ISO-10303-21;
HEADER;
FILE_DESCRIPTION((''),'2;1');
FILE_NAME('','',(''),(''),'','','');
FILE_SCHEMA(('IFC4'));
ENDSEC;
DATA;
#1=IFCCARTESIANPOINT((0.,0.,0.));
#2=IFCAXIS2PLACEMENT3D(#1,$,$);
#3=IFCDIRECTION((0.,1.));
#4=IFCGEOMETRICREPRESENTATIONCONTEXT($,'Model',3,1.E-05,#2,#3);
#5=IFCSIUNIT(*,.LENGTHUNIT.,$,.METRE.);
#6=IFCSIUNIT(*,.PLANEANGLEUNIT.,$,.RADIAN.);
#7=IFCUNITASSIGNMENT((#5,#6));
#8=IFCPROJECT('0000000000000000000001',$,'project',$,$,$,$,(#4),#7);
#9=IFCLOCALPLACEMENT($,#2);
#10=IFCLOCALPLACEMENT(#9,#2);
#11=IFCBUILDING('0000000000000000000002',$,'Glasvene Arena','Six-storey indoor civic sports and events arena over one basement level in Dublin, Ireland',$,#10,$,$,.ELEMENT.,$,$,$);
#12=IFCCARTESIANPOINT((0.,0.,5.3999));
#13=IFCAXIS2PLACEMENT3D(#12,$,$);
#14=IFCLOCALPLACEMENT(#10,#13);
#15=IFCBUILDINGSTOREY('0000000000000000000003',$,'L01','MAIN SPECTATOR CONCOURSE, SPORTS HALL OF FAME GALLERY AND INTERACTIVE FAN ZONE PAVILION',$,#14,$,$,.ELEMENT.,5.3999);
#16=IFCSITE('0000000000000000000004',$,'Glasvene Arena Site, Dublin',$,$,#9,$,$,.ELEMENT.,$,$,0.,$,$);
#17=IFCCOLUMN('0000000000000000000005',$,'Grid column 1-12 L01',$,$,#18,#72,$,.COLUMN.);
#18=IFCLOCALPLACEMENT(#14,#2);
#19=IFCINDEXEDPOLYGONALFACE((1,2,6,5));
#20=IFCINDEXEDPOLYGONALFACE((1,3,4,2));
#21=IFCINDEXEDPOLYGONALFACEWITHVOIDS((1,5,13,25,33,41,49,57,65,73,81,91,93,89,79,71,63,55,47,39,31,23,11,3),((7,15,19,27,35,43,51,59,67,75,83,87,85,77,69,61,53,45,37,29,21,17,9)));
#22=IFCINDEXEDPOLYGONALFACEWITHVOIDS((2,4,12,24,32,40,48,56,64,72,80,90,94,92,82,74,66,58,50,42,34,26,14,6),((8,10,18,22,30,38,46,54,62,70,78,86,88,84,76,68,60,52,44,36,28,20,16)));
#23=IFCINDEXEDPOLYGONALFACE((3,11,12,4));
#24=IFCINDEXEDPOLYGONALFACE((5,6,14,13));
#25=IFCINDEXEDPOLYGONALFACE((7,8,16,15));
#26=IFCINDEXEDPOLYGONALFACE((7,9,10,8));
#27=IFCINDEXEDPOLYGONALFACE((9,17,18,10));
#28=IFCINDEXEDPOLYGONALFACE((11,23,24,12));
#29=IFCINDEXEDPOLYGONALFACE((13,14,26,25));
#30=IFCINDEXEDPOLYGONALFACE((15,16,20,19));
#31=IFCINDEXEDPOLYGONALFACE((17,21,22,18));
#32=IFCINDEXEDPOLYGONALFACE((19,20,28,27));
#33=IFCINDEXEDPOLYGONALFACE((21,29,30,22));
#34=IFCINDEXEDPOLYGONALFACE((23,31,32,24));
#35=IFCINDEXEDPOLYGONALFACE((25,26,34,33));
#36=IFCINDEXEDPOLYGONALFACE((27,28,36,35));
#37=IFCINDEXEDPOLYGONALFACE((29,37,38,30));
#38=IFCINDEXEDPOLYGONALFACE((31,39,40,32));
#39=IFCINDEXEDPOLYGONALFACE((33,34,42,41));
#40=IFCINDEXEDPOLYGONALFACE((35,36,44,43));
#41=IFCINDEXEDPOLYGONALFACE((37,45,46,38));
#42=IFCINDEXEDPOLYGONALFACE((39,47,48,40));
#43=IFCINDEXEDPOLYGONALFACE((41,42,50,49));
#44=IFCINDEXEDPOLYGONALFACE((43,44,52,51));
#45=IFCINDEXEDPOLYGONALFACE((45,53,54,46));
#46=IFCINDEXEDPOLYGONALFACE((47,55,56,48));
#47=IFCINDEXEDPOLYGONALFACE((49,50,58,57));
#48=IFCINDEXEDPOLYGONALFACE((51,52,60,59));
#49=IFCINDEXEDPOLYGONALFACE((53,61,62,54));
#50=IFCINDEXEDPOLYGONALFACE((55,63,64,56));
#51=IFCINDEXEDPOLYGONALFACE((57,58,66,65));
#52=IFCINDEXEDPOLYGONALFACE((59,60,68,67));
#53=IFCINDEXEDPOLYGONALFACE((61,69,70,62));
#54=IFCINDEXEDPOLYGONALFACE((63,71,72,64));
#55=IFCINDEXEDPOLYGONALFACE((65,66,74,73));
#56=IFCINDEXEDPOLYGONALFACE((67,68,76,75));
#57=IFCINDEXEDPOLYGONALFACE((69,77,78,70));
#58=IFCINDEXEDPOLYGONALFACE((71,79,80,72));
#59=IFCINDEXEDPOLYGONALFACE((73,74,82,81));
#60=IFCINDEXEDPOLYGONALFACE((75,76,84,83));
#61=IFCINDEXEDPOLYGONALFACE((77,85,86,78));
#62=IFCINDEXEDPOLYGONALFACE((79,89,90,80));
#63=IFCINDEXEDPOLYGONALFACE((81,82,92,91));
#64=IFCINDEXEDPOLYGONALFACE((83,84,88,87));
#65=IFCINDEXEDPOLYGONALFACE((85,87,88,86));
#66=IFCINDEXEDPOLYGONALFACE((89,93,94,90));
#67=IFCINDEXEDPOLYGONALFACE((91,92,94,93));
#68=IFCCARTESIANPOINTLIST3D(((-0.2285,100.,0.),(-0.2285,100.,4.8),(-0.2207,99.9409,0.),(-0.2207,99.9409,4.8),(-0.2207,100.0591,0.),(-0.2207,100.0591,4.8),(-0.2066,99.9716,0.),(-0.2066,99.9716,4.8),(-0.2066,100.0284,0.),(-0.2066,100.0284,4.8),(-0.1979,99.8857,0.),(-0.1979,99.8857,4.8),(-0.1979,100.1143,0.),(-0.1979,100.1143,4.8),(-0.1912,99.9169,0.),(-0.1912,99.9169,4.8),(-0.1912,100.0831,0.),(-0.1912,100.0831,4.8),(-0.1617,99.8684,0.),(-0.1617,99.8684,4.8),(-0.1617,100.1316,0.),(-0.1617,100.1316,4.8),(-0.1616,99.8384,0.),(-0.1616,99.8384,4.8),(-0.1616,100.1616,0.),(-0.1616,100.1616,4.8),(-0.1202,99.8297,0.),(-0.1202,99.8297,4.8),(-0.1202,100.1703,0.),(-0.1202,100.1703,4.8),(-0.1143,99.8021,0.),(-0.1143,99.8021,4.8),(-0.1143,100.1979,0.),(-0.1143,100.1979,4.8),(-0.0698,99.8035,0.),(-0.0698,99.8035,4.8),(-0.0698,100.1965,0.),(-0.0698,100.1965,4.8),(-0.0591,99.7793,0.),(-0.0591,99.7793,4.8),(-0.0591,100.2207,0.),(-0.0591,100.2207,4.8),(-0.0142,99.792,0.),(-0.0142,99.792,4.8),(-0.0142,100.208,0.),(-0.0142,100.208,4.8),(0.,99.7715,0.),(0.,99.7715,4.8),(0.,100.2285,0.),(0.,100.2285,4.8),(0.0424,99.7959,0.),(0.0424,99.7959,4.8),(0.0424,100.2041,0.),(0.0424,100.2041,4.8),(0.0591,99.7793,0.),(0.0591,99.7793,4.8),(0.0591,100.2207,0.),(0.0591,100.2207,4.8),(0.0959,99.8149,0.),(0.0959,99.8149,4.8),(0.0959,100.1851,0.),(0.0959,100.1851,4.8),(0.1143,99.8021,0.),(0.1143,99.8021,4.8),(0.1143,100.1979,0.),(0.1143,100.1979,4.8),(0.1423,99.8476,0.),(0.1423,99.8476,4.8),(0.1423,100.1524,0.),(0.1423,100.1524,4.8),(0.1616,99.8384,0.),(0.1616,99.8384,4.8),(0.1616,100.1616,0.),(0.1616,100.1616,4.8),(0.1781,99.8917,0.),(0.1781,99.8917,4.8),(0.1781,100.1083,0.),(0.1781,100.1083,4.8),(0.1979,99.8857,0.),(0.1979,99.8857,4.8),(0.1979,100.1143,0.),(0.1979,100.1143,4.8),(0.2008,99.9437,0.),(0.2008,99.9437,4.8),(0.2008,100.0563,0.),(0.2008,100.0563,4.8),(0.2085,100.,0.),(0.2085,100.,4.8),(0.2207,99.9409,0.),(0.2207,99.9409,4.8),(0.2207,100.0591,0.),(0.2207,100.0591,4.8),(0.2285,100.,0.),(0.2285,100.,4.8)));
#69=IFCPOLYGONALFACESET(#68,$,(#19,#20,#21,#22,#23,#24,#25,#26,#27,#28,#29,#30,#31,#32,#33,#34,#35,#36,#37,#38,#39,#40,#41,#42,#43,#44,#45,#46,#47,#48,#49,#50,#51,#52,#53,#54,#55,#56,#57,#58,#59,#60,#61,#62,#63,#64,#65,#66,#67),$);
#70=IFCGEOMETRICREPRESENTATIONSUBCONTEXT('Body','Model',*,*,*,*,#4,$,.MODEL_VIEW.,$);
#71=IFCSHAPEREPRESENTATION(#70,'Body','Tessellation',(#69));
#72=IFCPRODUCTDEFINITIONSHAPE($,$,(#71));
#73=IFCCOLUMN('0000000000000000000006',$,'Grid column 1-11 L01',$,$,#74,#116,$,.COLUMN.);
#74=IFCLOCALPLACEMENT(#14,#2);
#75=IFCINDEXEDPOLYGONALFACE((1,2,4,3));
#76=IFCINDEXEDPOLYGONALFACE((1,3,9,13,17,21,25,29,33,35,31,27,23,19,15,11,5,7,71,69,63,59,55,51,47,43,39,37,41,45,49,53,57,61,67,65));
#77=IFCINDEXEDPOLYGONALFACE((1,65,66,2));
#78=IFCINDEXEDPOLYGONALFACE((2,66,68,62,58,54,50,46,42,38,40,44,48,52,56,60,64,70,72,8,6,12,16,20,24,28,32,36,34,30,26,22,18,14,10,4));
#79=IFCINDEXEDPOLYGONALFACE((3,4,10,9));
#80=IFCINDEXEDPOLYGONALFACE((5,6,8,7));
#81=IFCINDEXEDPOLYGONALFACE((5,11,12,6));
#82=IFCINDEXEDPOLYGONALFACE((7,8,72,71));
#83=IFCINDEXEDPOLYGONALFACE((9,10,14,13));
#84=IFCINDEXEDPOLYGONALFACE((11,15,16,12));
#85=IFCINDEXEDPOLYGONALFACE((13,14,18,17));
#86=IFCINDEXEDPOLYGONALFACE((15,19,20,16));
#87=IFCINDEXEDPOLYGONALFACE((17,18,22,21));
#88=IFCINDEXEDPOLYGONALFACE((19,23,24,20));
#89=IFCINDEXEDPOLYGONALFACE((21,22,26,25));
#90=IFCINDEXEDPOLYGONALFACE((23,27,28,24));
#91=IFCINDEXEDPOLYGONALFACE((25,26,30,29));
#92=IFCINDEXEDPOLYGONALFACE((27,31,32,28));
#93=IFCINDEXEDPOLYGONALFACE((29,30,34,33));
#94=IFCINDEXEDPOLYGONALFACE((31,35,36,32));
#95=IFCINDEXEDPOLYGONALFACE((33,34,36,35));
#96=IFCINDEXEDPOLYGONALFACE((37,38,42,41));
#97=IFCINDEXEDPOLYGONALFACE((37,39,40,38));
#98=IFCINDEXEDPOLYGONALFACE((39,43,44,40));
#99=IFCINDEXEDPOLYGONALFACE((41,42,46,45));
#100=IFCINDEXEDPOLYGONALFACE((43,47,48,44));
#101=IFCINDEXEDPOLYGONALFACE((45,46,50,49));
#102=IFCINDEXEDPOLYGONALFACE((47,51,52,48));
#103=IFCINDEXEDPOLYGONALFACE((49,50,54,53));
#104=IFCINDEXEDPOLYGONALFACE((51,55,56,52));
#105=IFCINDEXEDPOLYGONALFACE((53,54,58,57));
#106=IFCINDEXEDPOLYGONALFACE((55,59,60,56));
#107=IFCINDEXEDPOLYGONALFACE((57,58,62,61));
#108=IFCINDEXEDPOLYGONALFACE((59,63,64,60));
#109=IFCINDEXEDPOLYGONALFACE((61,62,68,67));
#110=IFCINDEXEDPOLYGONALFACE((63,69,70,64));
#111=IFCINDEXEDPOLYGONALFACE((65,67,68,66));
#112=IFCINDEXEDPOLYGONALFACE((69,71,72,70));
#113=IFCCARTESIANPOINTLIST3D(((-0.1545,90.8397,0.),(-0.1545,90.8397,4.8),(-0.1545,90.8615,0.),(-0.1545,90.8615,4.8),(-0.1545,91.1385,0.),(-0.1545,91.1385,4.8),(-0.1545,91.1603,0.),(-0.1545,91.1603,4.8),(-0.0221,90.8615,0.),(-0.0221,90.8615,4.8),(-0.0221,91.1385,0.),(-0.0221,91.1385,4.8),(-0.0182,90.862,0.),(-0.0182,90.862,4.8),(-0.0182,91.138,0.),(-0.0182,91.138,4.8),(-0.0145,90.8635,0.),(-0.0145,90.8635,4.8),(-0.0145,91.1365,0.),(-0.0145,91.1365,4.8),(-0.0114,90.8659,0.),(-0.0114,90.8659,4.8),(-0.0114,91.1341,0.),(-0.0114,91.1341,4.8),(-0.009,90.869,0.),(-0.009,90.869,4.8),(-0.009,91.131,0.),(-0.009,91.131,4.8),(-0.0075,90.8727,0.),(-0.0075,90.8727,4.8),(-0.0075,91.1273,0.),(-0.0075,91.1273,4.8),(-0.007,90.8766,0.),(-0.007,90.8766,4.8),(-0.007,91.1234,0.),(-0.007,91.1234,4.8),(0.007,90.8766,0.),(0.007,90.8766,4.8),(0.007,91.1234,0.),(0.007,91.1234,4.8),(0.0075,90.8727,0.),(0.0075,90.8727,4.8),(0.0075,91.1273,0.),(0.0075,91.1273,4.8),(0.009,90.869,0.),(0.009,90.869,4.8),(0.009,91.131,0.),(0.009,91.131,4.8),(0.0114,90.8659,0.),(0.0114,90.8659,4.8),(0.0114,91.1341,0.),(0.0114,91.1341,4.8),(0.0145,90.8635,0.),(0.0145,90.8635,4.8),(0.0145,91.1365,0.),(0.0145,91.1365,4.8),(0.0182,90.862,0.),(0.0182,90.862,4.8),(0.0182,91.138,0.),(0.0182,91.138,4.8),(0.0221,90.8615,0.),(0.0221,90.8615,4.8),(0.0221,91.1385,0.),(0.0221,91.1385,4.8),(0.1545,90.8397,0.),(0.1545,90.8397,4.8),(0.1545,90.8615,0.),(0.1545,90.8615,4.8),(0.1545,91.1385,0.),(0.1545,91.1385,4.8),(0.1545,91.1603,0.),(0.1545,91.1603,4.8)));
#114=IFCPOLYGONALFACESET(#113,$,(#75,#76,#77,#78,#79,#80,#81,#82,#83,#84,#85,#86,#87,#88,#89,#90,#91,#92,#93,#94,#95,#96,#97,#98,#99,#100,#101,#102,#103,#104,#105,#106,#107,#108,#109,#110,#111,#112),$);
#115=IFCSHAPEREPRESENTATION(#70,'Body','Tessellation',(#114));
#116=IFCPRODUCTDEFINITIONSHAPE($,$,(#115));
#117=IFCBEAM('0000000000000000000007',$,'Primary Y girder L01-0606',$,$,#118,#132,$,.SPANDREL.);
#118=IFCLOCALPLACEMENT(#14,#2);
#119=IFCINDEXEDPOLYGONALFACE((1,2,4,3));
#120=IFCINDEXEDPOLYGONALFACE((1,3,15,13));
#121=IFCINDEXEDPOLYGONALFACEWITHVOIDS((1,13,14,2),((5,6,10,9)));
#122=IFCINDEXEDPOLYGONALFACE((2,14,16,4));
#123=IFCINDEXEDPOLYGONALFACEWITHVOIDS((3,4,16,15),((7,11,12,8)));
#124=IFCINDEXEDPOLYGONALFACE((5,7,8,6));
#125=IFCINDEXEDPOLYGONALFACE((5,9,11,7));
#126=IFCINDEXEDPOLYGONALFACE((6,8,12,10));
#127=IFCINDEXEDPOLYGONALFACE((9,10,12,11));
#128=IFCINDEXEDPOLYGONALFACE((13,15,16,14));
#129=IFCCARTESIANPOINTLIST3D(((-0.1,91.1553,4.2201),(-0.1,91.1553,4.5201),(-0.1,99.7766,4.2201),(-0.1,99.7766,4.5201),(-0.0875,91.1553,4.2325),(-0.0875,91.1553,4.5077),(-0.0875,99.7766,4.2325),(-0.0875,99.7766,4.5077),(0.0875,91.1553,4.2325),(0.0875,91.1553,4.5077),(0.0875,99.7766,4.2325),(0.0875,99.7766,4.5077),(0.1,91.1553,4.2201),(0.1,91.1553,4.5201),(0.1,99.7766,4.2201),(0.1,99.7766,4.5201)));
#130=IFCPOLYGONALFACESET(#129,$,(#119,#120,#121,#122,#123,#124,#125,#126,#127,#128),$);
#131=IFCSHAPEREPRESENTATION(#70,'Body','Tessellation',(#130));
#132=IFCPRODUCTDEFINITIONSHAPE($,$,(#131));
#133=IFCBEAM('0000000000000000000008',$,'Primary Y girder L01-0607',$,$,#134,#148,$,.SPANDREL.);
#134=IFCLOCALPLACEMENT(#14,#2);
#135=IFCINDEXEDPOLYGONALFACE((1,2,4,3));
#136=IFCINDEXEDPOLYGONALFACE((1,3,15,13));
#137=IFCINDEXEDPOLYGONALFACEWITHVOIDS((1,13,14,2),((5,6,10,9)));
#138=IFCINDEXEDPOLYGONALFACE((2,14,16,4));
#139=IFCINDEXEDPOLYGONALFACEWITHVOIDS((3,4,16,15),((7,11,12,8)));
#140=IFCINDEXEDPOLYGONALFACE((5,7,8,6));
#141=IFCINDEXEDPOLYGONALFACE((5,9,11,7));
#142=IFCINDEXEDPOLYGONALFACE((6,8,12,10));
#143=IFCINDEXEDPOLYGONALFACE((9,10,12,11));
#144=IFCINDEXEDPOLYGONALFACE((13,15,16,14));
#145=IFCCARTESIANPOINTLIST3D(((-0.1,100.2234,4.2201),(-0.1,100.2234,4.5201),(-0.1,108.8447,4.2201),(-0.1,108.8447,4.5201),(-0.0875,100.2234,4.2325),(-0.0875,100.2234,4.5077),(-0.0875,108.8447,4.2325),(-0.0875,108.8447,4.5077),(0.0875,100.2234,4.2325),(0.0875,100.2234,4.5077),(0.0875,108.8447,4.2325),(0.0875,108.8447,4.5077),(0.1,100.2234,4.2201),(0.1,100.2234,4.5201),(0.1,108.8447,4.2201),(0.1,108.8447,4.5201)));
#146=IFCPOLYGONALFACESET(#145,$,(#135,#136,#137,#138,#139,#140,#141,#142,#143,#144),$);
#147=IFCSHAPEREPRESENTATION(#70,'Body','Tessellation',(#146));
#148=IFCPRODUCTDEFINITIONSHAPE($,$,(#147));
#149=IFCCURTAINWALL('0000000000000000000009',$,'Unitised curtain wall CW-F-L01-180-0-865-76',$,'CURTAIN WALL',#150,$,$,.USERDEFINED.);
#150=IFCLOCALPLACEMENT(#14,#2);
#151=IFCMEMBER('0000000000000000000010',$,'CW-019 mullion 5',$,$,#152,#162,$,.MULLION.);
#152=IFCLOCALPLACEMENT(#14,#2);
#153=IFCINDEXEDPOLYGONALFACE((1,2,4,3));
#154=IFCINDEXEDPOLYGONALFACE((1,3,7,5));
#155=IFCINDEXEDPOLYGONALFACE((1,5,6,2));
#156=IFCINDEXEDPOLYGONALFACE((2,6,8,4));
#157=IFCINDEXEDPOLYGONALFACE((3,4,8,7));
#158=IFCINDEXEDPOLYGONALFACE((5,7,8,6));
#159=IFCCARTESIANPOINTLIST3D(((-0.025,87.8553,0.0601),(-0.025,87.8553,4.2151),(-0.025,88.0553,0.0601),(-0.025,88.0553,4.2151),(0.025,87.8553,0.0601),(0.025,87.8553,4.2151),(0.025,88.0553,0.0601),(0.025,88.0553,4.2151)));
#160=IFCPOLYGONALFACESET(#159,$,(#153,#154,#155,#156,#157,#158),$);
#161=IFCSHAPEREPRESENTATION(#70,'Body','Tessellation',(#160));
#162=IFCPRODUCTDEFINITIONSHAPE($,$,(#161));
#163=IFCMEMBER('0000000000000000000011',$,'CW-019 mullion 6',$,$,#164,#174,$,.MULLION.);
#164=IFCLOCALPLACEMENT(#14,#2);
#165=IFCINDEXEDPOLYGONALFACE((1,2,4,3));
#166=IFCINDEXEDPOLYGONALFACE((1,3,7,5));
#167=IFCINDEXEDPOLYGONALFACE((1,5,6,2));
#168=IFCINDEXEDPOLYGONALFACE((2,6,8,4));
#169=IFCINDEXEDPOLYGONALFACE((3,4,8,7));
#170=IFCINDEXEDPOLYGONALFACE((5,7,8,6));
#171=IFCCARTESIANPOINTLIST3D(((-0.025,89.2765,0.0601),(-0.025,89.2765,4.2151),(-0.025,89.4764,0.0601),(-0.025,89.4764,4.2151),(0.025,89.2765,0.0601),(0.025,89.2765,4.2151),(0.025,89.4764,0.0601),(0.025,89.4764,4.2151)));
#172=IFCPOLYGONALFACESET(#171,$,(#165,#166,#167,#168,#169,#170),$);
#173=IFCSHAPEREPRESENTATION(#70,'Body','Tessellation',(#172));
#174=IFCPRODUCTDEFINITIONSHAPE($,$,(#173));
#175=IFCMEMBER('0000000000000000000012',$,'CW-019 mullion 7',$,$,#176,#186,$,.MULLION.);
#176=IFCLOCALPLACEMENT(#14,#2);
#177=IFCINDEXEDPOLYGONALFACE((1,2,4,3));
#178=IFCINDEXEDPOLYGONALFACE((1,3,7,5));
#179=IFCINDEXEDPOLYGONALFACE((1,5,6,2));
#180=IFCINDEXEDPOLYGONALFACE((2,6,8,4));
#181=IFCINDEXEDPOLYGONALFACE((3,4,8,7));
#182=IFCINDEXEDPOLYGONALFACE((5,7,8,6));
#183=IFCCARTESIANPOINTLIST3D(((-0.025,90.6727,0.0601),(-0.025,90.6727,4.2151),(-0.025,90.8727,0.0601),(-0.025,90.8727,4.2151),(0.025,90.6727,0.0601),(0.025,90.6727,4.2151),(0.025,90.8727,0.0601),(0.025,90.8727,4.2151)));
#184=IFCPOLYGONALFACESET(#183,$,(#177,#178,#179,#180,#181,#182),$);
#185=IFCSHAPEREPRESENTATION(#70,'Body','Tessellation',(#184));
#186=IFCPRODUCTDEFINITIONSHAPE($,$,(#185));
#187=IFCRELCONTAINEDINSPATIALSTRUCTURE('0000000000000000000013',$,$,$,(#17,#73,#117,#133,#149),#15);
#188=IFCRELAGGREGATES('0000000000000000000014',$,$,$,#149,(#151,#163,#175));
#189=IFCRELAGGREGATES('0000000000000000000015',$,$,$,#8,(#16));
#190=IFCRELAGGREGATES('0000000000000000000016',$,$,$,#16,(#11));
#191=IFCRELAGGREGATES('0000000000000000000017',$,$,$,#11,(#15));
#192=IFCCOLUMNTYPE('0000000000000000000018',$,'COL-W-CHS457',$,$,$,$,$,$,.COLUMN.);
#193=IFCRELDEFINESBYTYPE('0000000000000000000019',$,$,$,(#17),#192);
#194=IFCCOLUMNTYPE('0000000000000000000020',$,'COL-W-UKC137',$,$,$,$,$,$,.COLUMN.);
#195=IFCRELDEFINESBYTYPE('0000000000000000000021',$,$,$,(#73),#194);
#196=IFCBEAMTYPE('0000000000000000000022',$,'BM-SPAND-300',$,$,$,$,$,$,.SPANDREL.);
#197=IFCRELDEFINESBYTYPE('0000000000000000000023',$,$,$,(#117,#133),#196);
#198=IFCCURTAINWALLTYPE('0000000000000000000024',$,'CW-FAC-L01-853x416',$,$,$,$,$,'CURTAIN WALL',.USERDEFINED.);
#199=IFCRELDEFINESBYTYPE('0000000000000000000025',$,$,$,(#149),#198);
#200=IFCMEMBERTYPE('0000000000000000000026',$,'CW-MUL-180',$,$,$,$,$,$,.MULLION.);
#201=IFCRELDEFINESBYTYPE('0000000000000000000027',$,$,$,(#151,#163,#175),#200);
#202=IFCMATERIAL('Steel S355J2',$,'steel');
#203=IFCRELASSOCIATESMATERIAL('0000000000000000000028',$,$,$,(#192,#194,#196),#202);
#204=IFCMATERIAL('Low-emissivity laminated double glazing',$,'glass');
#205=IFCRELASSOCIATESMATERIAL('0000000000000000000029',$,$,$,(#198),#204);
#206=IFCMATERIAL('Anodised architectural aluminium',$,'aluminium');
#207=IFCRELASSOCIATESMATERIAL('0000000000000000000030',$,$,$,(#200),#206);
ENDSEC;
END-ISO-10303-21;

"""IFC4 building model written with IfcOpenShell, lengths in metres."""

from ifc_helpers import new_model, si_unit, direction, frame, origin, origin_2d, place, context, subcontext, project, spatial, rectangle, hollow_rectangle, hollow_circle, i_section, extrude, material, material_profile, profile_set, type_object, element, aggregate, save


model = new_model("IFC4")

# Units and contexts
model_context = context("Model", 3, precision=1e-05, world=origin(), true_north=direction((0.0, 1.0)))
body_context = subcontext(model_context, "Body", "Model", "MODEL_VIEW")
ifc_project = project(units=[si_unit("LENGTHUNIT", "METRE"), si_unit("PLANEANGLEUNIT", "RADIAN")], contexts=[model_context])

# Site, building, storey
site_placement = place(None, origin())
site = spatial("IfcSite", under=ifc_project, at=site_placement, Name="Glasvene Arena Site, Dublin", CompositionType="ELEMENT", RefElevation=0.0)
building_placement = place(site_placement, origin())
building = spatial("IfcBuilding", under=site, at=building_placement, Name="Glasvene Arena", Description="Six-storey indoor civic sports and events arena over one basement level in Dublin, Ireland", CompositionType="ELEMENT")
storey_placement = place(building_placement, frame((0.0, 0.0, 5.3999)))
storey = spatial("IfcBuildingStorey", under=building, at=storey_placement, Name="L01", Description="MAIN SPECTATOR CONCOURSE, SPORTS HALL OF FAME GALLERY AND INTERACTIVE FAN ZONE PAVILION", CompositionType="ELEMENT", Elevation=5.3999)

# Columns
ifc_material_1 = material(Name="Steel S355J2", Category="steel")
ifc_material_profile_1 = material_profile(ifc_material_1, hollow_circle(Radius=0.2285, WallThickness=0.02, at=origin_2d()), Name="CHS 457.0x20.0")
ifc_profile_set_1 = profile_set([ifc_material_profile_1], Name="Steel S355J2")
column_type_1 = type_object("IfcColumnType", Name="COL-W-CHS457", PredefinedType="COLUMN", material=ifc_profile_set_1)
column_1_placement = place(storey_placement, frame((0.0, 100.0, 0.0), z_axis=(0.0, 0.0, 1.0), x_axis=(1.0, 0.0, 0.0)))
element("IfcColumn", 1, at=column_1_placement, inside=storey, type_object=column_type_1, Name="Grid column 1-12 L01", PredefinedType="COLUMN", context=body_context, shape_type="SweptSolid", body=[
    extrude(hollow_circle(Radius=0.2285, WallThickness=0.02, at=origin_2d()), origin(), (0.0, 0.0, 1.0), 4.8),
])
ifc_material_profile_2 = material_profile(ifc_material_1, i_section(OverallWidth=0.3091, OverallDepth=0.3206, WebThickness=0.0139, FlangeThickness=0.0217, FilletRadius=0.0151, at=origin_2d()), Name="UKC 305x305x137")
ifc_profile_set_2 = profile_set([ifc_material_profile_2], Name="Steel S355J2")
column_type_2 = type_object("IfcColumnType", Name="COL-W-UKC137", PredefinedType="COLUMN", material=ifc_profile_set_2)
column_2_placement = place(storey_placement, frame((0.0, 91.0, 0.0), z_axis=(0.0, 0.0, 1.0), x_axis=(1.0, 0.0, 0.0)))
element("IfcColumn", 2, at=column_2_placement, inside=storey, type_object=column_type_2, Name="Grid column 1-11 L01", PredefinedType="COLUMN", context=body_context, shape_type="SweptSolid", body=[
    extrude(i_section(OverallWidth=0.3091, OverallDepth=0.3206, WebThickness=0.0139, FlangeThickness=0.0217, FilletRadius=0.0151, at=origin_2d()), origin(), (0.0, 0.0, 1.0), 4.8),
])

# Beams
ifc_material_profile_3 = material_profile(ifc_material_1, hollow_rectangle(XDim=0.2, YDim=0.3, WallThickness=0.0125, at=origin_2d()), Name="RHS 300x200x12.5")
ifc_profile_set_3 = profile_set([ifc_material_profile_3], Name="Steel S355J2")
beam_type = type_object("IfcBeamType", Name="BM-SPAND-300", PredefinedType="SPANDREL", material=ifc_profile_set_3)
for number, where, z_axis, x_axis, name in (
    (3, (0.0, 91.1553, 4.3701), (0.0, 1.0, 0.0), (-1.0, 0.0, 0.0), "Primary Y girder L01-0606"),
    (4, (0.0, 100.2234, 4.3701), (0.0, 1.0, 0.0), (-1.0, 0.0, 0.0), "Primary Y girder L01-0607"),
):
    element("IfcBeam", number, at=place(storey_placement, frame(where, z_axis=z_axis, x_axis=x_axis)), inside=storey, type_object=beam_type, Name=name, PredefinedType="SPANDREL", context=body_context, shape_type="SweptSolid", body=[
        extrude(hollow_rectangle(XDim=0.2, YDim=0.3, WallThickness=0.0125, at=origin_2d()), origin(), (0.0, 0.0, 1.0), 8.6213),
    ])

# Curtain wall, members
ifc_material_2 = material(Name="Low-emissivity laminated double glazing", Category="glass")
curtain_wall_type = type_object("IfcCurtainWallType", Name="CW-FAC-L01-853x416", ElementType="CURTAIN WALL", PredefinedType="USERDEFINED", material=ifc_material_2)
curtain_wall_placement = place(storey_placement, frame((0.0, 82.2705, 0.0)))
curtain_wall = element("IfcCurtainWall", 5, at=curtain_wall_placement, inside=storey, type_object=curtain_wall_type, Name="Unitised curtain wall CW-F-L01-180-0-865-76", ObjectType="CURTAIN WALL", PredefinedType="USERDEFINED")
ifc_material_3 = material(Name="Anodised architectural aluminium", Category="aluminium")
ifc_material_profile_4 = material_profile(ifc_material_3, rectangle(XDim=0.05, YDim=0.2, at=origin_2d()), Name="ALU MULLION 50x200")
ifc_profile_set_4 = profile_set([ifc_material_profile_4], Name="Anodised architectural aluminium")
member_type_1 = type_object("IfcMemberType", Name="CW-MUL-180", PredefinedType="MULLION", material=ifc_profile_set_4)
member_1_placement = place(storey_placement, frame((0.0, 87.9553, 0.0601), z_axis=(0.0, 0.0, 1.0), x_axis=(-1.0, 0.0, 0.0)))
member_1 = element("IfcMember", 6, at=member_1_placement, type_object=member_type_1, Name="CW-019 mullion 5", PredefinedType="MULLION", context=body_context, shape_type="SweptSolid", body=[
    extrude(rectangle(XDim=0.05, YDim=0.2, at=origin_2d()), origin(), (0.0, 0.0, 1.0), 4.155),
])
member_2_placement = place(storey_placement, frame((0.0, 89.3765, 0.0601), z_axis=(0.0, 0.0, 1.0), x_axis=(-1.0, 0.0, 0.0)))
member_2 = element("IfcMember", 7, at=member_2_placement, type_object=member_type_1, Name="CW-019 mullion 6", PredefinedType="MULLION", context=body_context, shape_type="SweptSolid", body=[
    extrude(rectangle(XDim=0.05, YDim=0.2, at=origin_2d()), origin(), (0.0, 0.0, 1.0), 4.155),
])
member_3_placement = place(storey_placement, frame((0.0, 90.7727, 0.0601), z_axis=(0.0, 0.0, 1.0), x_axis=(-1.0, 0.0, 0.0)))
member_3 = element("IfcMember", 8, at=member_3_placement, type_object=member_type_1, Name="CW-019 mullion 7", PredefinedType="MULLION", context=body_context, shape_type="SweptSolid", body=[
    extrude(rectangle(XDim=0.05, YDim=0.2, at=origin_2d()), origin(), (0.0, 0.0, 1.0), 4.155),
])
aggregate(curtain_wall, [member_1, member_2, member_3])

save(model, "model.ifc")
